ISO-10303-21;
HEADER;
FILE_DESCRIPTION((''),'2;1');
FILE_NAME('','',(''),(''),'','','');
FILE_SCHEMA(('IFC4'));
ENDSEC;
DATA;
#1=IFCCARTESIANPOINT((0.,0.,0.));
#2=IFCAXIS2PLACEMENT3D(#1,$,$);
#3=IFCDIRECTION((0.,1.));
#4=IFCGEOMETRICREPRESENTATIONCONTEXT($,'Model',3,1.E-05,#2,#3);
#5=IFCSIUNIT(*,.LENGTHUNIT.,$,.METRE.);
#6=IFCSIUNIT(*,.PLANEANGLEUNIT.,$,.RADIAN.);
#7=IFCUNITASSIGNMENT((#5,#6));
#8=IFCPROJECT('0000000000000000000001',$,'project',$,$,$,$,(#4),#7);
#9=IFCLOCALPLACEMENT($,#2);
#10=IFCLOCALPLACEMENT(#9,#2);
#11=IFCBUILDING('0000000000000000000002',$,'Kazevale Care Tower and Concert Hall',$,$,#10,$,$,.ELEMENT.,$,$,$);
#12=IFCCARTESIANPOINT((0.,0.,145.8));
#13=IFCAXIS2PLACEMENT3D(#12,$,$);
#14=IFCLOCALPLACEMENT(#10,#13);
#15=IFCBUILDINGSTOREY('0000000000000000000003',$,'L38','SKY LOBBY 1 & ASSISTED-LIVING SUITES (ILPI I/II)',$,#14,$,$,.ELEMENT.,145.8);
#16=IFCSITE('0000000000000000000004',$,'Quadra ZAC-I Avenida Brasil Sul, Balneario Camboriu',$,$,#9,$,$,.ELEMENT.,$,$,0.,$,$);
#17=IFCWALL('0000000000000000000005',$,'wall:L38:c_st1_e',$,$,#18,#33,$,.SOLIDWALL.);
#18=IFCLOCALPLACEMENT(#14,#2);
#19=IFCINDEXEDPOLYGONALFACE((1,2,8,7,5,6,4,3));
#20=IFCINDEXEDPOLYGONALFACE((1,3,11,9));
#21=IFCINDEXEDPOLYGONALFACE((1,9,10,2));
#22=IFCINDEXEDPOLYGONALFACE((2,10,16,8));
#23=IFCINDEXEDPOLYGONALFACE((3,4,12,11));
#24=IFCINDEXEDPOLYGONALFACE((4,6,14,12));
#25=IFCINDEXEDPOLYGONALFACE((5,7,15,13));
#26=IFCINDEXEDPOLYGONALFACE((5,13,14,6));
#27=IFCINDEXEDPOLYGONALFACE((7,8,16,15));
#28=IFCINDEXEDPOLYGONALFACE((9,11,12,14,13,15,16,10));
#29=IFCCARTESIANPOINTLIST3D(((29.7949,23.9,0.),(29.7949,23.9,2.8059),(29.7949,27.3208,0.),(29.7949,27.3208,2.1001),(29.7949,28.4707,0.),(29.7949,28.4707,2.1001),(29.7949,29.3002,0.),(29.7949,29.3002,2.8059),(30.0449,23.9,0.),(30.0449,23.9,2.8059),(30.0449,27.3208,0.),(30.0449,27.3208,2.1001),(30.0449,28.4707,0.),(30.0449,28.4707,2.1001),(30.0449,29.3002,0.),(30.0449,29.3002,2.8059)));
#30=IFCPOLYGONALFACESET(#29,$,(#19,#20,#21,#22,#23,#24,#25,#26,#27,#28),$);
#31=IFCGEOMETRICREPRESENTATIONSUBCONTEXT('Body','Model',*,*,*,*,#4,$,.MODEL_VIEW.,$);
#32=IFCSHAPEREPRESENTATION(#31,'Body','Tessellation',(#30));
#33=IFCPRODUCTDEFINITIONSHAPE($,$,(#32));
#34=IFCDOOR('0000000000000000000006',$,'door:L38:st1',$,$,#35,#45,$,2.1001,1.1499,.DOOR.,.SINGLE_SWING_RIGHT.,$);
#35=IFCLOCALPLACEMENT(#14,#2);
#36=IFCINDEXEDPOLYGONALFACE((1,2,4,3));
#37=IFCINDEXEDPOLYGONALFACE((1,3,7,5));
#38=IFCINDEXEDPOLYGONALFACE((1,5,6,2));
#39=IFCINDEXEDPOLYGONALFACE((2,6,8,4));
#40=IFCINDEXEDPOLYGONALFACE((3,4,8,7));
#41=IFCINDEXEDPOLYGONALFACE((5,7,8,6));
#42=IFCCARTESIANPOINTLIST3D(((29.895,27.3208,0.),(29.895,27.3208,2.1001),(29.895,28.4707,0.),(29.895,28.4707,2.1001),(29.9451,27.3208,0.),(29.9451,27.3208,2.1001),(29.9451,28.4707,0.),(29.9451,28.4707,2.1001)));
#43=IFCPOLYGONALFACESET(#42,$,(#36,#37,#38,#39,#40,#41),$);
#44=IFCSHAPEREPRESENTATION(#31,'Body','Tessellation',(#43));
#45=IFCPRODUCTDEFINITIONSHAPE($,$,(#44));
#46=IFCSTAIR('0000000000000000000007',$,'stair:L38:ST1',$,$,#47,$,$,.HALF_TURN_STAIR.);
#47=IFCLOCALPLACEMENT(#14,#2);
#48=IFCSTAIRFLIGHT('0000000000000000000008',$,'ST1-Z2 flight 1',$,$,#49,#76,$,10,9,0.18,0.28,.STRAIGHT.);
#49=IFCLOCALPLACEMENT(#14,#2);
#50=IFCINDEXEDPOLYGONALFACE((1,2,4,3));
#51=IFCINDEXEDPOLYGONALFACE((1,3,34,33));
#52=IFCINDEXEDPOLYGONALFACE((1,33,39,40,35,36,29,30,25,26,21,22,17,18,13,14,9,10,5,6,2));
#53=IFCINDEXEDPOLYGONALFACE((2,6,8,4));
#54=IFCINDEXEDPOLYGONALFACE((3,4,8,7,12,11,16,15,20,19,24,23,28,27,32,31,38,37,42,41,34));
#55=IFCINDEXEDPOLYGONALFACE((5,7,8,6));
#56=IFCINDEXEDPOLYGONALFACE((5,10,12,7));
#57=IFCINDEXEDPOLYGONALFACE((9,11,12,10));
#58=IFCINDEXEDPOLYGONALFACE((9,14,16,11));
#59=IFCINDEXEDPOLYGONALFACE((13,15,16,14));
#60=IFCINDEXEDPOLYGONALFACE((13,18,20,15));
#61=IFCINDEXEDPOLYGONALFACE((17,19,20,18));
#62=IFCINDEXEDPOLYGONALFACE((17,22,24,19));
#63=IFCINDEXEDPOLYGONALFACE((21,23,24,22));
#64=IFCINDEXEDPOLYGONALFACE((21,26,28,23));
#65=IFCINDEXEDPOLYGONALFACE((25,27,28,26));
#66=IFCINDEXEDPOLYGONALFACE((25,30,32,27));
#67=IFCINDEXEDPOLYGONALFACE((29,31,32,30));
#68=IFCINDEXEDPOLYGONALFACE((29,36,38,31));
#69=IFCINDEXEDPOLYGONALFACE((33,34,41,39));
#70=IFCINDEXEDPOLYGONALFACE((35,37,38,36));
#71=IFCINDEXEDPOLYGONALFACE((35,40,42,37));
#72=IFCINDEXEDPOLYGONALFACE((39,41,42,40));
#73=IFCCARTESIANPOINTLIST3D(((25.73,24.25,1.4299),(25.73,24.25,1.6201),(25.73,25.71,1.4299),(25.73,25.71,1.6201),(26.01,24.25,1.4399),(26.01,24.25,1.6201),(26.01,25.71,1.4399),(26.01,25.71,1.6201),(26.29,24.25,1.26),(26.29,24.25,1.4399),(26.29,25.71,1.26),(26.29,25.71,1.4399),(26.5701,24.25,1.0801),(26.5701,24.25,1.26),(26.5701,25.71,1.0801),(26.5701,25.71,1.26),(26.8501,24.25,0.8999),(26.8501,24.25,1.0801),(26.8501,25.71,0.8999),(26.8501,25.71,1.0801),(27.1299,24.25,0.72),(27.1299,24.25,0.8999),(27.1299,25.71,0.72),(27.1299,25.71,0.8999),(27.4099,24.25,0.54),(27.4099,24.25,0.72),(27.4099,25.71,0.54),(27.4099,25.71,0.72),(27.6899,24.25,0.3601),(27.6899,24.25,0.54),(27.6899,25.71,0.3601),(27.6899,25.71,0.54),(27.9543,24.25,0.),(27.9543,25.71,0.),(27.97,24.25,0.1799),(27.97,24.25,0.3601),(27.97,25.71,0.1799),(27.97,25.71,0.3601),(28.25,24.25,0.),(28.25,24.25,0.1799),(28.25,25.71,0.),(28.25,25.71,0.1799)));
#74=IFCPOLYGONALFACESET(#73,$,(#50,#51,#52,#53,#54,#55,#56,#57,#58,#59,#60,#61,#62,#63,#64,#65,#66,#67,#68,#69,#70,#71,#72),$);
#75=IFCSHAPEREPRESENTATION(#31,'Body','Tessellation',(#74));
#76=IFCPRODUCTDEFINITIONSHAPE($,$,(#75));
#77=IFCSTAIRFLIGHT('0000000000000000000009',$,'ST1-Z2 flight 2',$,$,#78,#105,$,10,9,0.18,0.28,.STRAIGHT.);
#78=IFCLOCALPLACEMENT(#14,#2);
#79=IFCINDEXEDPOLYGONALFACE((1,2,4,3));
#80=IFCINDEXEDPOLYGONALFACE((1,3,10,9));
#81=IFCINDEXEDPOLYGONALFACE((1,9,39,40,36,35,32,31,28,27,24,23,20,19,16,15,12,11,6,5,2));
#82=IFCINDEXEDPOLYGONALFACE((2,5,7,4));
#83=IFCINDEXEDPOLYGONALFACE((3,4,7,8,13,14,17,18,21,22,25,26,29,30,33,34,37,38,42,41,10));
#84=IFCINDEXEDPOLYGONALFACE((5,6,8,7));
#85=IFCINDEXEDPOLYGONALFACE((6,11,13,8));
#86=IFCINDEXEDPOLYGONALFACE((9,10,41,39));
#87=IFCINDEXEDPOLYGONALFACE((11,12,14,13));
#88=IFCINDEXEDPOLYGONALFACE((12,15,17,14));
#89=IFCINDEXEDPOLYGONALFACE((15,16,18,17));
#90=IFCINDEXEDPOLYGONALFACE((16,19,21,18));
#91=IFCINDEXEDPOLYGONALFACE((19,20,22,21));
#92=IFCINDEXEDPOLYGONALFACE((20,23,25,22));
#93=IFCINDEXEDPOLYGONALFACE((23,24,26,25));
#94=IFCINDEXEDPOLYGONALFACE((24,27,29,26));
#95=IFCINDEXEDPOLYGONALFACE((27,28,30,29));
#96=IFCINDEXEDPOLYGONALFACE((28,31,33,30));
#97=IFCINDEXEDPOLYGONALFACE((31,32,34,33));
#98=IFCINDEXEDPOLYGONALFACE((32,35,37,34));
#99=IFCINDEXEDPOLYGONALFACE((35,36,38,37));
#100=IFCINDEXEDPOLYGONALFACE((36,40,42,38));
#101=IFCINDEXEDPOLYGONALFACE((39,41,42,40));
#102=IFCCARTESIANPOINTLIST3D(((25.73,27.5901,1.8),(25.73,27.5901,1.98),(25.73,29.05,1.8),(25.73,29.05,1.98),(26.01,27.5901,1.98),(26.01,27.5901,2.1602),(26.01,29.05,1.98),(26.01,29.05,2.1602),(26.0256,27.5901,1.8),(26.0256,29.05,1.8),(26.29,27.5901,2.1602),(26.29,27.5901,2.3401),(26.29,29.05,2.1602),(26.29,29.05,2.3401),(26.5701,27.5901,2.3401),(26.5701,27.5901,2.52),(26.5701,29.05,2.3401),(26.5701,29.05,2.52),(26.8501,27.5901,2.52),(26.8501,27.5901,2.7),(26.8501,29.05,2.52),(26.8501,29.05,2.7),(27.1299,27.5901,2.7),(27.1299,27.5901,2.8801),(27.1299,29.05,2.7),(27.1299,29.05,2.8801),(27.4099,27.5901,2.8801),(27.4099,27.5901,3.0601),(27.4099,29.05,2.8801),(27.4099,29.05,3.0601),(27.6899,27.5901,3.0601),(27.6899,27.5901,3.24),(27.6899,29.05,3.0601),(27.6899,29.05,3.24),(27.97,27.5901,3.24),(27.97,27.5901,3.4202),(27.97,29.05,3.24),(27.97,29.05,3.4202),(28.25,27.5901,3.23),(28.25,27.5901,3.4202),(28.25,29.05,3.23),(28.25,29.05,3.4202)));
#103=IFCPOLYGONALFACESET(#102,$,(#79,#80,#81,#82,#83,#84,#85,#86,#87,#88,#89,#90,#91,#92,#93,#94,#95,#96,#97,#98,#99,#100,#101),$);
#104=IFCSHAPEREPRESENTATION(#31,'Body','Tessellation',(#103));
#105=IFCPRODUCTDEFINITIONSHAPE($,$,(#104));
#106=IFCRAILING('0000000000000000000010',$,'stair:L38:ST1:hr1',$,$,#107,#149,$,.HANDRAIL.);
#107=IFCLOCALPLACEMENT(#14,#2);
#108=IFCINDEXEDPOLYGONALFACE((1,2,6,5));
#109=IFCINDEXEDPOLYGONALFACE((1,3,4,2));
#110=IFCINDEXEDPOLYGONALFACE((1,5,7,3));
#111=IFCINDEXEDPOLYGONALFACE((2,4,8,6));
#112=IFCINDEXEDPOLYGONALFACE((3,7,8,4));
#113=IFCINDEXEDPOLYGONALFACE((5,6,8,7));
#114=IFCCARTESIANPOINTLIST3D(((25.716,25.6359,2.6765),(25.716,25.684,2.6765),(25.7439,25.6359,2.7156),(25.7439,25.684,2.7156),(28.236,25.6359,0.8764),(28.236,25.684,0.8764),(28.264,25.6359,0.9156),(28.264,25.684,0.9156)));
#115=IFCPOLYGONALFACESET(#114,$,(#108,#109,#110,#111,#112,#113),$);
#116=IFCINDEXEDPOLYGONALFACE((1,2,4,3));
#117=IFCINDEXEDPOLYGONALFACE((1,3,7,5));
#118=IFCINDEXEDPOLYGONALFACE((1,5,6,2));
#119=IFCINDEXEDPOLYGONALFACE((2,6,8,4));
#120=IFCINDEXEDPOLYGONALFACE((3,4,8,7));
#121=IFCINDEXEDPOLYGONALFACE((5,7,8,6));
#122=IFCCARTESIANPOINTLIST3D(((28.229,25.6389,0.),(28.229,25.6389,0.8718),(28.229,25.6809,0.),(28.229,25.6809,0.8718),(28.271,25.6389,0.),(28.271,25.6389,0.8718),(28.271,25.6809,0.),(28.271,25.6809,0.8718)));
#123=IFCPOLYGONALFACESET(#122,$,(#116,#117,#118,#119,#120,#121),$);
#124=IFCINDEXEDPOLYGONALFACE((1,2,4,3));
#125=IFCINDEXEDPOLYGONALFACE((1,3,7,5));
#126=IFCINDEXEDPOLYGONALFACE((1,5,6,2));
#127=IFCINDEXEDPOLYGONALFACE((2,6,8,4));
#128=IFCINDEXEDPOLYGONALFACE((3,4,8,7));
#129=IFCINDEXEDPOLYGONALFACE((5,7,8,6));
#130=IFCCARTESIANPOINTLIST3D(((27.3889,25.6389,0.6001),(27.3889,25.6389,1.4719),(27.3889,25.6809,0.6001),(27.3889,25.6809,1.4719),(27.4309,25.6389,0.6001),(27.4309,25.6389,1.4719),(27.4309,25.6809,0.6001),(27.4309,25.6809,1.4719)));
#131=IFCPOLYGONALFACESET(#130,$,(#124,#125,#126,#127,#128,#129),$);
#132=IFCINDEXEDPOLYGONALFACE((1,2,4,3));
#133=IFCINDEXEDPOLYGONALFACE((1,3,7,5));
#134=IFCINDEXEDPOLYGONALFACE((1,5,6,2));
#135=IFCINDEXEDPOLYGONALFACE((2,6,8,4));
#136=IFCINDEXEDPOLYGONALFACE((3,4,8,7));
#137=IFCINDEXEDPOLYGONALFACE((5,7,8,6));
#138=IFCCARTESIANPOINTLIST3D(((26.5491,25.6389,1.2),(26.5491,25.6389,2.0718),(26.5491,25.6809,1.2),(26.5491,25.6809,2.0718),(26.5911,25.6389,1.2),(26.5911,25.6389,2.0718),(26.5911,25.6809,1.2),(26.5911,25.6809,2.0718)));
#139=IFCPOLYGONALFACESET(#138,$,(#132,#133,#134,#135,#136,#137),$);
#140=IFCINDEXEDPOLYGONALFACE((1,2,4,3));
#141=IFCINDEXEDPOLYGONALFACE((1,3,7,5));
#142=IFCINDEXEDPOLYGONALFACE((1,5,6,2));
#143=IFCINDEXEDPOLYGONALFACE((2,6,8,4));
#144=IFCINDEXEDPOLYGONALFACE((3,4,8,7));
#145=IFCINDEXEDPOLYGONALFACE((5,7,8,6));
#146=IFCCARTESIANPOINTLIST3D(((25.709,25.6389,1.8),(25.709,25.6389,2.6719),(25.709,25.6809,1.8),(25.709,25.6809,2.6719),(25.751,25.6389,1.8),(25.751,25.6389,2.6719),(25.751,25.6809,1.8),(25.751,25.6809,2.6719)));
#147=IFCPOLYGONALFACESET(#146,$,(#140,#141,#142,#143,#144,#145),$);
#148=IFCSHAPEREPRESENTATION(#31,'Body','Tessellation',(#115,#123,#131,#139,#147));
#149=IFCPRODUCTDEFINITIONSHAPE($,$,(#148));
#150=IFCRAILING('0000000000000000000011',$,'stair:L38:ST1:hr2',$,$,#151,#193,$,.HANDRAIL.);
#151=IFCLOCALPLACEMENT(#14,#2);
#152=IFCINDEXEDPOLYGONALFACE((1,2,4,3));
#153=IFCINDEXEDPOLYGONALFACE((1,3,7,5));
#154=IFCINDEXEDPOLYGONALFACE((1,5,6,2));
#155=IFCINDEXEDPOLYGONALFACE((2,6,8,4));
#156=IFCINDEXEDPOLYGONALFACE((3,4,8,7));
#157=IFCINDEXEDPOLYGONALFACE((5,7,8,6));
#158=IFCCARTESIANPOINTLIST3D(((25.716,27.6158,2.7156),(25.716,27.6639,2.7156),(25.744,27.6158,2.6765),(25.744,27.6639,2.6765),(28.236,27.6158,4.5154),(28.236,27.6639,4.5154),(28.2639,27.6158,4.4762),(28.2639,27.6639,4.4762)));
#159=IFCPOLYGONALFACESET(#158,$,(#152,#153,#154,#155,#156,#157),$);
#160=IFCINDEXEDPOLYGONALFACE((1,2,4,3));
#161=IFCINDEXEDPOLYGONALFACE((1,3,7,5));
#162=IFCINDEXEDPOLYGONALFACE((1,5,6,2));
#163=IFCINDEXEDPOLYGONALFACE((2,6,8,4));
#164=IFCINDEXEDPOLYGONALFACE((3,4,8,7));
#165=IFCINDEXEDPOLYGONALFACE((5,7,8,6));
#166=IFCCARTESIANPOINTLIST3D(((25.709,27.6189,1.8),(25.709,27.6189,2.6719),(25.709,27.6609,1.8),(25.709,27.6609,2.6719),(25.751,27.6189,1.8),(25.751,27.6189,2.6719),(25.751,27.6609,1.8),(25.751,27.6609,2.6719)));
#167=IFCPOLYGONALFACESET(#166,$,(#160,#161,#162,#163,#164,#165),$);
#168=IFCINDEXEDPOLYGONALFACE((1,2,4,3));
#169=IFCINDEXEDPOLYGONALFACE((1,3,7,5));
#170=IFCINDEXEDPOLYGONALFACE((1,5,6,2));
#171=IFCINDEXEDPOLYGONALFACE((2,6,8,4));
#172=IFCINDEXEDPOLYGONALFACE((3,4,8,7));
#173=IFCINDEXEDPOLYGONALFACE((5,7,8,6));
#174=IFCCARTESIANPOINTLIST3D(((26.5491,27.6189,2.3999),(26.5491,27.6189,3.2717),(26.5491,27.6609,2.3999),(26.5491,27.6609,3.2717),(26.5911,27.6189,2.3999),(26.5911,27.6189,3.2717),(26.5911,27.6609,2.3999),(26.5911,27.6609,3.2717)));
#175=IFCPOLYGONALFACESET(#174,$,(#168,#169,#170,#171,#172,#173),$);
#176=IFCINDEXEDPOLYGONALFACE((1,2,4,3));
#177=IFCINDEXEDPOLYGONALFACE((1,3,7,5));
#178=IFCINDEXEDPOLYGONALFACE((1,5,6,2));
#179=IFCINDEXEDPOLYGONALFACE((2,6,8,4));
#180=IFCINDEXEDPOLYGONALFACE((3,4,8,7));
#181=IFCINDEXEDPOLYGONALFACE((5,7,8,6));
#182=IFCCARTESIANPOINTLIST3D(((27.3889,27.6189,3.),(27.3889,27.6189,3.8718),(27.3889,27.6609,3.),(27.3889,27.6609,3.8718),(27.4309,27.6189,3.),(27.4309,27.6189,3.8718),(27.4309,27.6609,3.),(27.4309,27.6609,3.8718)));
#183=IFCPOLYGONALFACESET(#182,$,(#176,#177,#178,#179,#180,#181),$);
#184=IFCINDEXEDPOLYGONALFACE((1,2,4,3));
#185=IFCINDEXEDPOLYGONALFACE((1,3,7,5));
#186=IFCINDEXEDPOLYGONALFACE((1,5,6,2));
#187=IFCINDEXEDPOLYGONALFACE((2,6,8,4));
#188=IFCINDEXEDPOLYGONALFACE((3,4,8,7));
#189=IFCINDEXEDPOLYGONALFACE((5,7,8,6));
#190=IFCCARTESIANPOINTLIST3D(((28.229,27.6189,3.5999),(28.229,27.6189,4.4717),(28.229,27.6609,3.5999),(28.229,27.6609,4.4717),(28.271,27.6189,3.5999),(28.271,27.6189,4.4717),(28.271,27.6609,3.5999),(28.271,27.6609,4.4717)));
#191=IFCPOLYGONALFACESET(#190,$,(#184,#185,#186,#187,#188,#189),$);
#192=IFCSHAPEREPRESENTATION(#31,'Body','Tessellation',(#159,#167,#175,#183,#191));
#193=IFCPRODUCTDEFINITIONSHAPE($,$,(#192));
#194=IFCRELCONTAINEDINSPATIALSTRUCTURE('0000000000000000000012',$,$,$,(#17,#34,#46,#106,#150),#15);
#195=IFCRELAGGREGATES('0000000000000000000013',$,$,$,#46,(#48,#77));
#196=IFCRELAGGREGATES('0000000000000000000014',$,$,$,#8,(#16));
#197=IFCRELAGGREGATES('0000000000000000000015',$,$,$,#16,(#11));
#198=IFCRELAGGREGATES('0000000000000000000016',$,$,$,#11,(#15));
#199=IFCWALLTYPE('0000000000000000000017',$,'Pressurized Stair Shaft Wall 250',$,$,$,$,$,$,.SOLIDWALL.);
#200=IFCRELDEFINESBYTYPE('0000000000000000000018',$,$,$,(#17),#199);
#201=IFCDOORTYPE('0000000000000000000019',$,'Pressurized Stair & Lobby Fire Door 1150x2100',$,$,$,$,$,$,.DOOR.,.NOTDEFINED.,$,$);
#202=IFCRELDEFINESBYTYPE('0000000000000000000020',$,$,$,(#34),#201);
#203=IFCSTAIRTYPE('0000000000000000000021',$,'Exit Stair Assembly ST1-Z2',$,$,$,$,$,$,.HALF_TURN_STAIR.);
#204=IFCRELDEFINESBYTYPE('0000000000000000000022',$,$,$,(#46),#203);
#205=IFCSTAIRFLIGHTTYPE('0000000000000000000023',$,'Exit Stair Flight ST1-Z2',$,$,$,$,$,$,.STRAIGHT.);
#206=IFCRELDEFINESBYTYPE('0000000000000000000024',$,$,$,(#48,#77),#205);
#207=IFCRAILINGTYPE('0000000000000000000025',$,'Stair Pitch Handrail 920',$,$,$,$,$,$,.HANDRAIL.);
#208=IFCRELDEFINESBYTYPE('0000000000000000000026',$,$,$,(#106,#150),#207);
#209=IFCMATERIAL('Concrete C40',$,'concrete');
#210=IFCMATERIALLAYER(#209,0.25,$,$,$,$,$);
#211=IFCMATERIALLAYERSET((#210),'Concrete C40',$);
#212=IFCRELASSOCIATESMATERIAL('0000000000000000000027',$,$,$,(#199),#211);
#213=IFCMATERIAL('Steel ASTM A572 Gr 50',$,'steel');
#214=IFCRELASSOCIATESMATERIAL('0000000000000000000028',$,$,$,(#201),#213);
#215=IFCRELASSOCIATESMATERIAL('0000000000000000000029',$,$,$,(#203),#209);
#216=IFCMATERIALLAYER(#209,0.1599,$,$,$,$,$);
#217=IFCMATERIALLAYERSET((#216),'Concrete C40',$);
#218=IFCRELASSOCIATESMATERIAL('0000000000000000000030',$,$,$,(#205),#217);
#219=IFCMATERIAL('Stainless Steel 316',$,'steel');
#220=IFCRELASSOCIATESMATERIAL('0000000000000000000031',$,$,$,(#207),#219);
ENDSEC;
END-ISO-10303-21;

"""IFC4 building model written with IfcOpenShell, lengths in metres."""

from ifc_helpers import new_model, si_unit, direction, frame, frame_2d, origin, origin_2d, place, context, subcontext, project, spatial, polyline, rectangle, outline, extrude, material, layer, layer_set, type_object, element, fill, aggregate, save


model = new_model("IFC4")

# Units and contexts
model_context = context("Model", 3, precision=1e-05, world=origin(), true_north=direction((0.0, 1.0)))
body_context = subcontext(model_context, "Body", "Model", "MODEL_VIEW")
ifc_project = project(units=[si_unit("LENGTHUNIT", "METRE"), si_unit("PLANEANGLEUNIT", "RADIAN")], contexts=[model_context])

# Site, building, storey
site_placement = place(None, origin())
site = spatial("IfcSite", under=ifc_project, at=site_placement, Name="Quadra ZAC-I Avenida Brasil Sul, Balneario Camboriu", CompositionType="ELEMENT", RefElevation=0.0)
building_placement = place(site_placement, origin())
building = spatial("IfcBuilding", under=site, at=building_placement, Name="Kazevale Care Tower and Concert Hall", CompositionType="ELEMENT")
storey_placement = place(building_placement, frame((0.0, 0.0, 145.8)))
storey = spatial("IfcBuildingStorey", under=building, at=storey_placement, Name="L38", Description="SKY LOBBY 1 & ASSISTED-LIVING SUITES (ILPI I/II)", CompositionType="ELEMENT", Elevation=145.8)

# Shared definitions
ifc_material_1 = material(Name="Steel ASTM A572 Gr 50", Category="steel")

# Shared definitions
ifc_material_2 = material(Name="Concrete C40", Category="concrete")
ifc_material_3 = material(Name="Stainless Steel 316", Category="steel")

# Wall, opening, door
ifc_layer_1 = layer(ifc_material_2, 0.25)
ifc_layer_set_1 = layer_set([ifc_layer_1], Name="Concrete C40")
wall_type_1 = type_object("IfcWallType", Name="Pressurized Stair Shaft Wall 250", PredefinedType="SOLIDWALL", material=ifc_layer_set_1)
wall_1_placement = place(storey_placement, frame((29.9199, 23.8999, 0.0), z_axis=(0.0, 0.0, 1.0), x_axis=(0.0, 1.0, 0.0)))
wall_1 = element("IfcWall", 1, at=wall_1_placement, inside=storey, type_object=wall_type_1, Name="wall:L38:c_st1_e", PredefinedType="SOLIDWALL", context=body_context, shape_type="SweptSolid", body=[
    extrude(rectangle(XDim=5.4001, YDim=0.25, at=frame_2d((2.7002, 0.0))), origin(), (0.0, 0.0, 1.0), 2.8059),
])
opening_1_placement = place(wall_1_placement, frame((3.4209, 0.0, 0.0)))
opening_1 = element("IfcOpeningElement", 2, at=opening_1_placement, cuts=wall_1, PredefinedType="OPENING", context=body_context, shape_type="SweptSolid", body=[
    extrude(rectangle(XDim=1.1499, YDim=2.1001, at=frame_2d((0.575, 1.05))), frame((0.0, 0.135, 0.0), z_axis=(0.0, -1.0, 0.0), x_axis=(1.0, 0.0, 0.0)), (0.0, 0.0, 1.0), 0.27),
])
door_type_1 = type_object("IfcDoorType", Name="Pressurized Stair & Lobby Fire Door 1150x2100", OperationType="NOTDEFINED", PredefinedType="DOOR", material=ifc_material_1)
door_1_placement = place(opening_1_placement, origin())
door_1 = element("IfcDoor", 3, at=door_1_placement, inside=storey, type_object=door_type_1, Name="door:L38:st1", OperationType="SINGLE_SWING_RIGHT", OverallHeight=2.1001, OverallWidth=1.1499, PredefinedType="DOOR", context=body_context, shape_type="SweptSolid", body=[
    extrude(rectangle(XDim=1.1499, YDim=2.1001, at=frame_2d((0.575, 1.05))), frame((0.0, 0.0249, 0.0), z_axis=(0.0, -1.0, 0.0), x_axis=(1.0, 0.0, 0.0)), (0.0, 0.0, 1.0), 0.05),
])
fill(opening_1, door_1)

# Stair, stair flights
stair_type = type_object("IfcStairType", Name="Exit Stair Assembly ST1-Z2", PredefinedType="HALF_TURN_STAIR", material=ifc_material_2)
stair_placement = place(storey_placement, origin())
stair = element("IfcStair", 4, at=stair_placement, inside=storey, type_object=stair_type, Name="stair:L38:ST1", PredefinedType="HALF_TURN_STAIR")
ifc_layer_2 = layer(ifc_material_2, 0.1599)
ifc_layer_set_2 = layer_set([ifc_layer_2], Name="Concrete C40")
stair_flight_type = type_object("IfcStairFlightType", Name="Exit Stair Flight ST1-Z2", PredefinedType="STRAIGHT", material=ifc_layer_set_2)
stair_flight_1_placement = place(storey_placement, frame((28.25, 24.98, 0.0), z_axis=(0.0, 0.0, 1.0), x_axis=(-1.0, 0.0, 0.0)))
stair_flight_1 = element("IfcStairFlight", 5, at=stair_flight_1_placement, type_object=stair_flight_type, Name="ST1-Z2 flight 1", NumberOfRisers=10, NumberOfTreads=9, PredefinedType="STRAIGHT", RiserHeight=0.18, TreadLength=0.28, context=body_context, shape_type="SweptSolid", body=[
    extrude(outline(polyline([(0.0, 0.0), (0.0, 0.1799), (0.28, 0.1799), (0.28, 0.3601), (0.5601, 0.3601), (0.5601, 0.54), (0.8401, 0.54), (0.8401, 0.72), (1.1201, 0.72), (1.1201, 0.8999), (1.3999, 0.8999), (1.3999, 1.0801), (1.6799, 1.0801), (1.6799, 1.26), (1.96, 1.26), (1.96, 1.4399), (2.24, 1.4399), (2.24, 1.6201), (2.52, 1.6201), (2.52, 1.8), (2.52, 1.4299), (0.2957, 0.0), (0.0, 0.0)])), frame((0.0, 0.73, 0.0), z_axis=(0.0, -1.0, 0.0), x_axis=(1.0, 0.0, 0.0)), (0.0, 0.0, 1.0), 1.46),
])
stair_flight_2_placement = place(storey_placement, frame((25.73, 28.3201, 1.8), z_axis=(0.0, 0.0, 1.0), x_axis=(1.0, 0.0, 0.0)))
stair_flight_2 = element("IfcStairFlight", 6, at=stair_flight_2_placement, type_object=stair_flight_type, Name="ST1-Z2 flight 2", NumberOfRisers=10, NumberOfTreads=9, PredefinedType="STRAIGHT", RiserHeight=0.18, TreadLength=0.28, context=body_context, shape_type="SweptSolid", body=[
    extrude(outline(polyline([(0.0, 0.0), (0.0, 0.1799), (0.28, 0.1799), (0.28, 0.3601), (0.5601, 0.3601), (0.5601, 0.54), (0.8401, 0.54), (0.8401, 0.72), (1.1201, 0.72), (1.1201, 0.8999), (1.3999, 0.8999), (1.3999, 1.0801), (1.6799, 1.0801), (1.6799, 1.26), (1.96, 1.26), (1.96, 1.4399), (2.24, 1.4399), (2.24, 1.6201), (2.52, 1.6201), (2.52, 1.8), (2.52, 1.4299), (0.2957, 0.0), (0.0, 0.0)])), frame((0.0, 0.73, 0.0), z_axis=(0.0, -1.0, 0.0), x_axis=(1.0, 0.0, 0.0)), (0.0, 0.0, 1.0), 1.46),
])
aggregate(stair, [stair_flight_1, stair_flight_2])

# Railings
railing_type_1 = type_object("IfcRailingType", Name="Stair Pitch Handrail 920", PredefinedType="HANDRAIL", material=ifc_material_3)
railing_1_placement = place(storey_placement, frame((28.25, 25.6599, 0.0)))
element("IfcRailing", 7, at=railing_1_placement, inside=storey, type_object=railing_type_1, Name="stair:L38:ST1:hr1", PredefinedType="HANDRAIL", context=body_context, shape_type="SweptSolid", body=[
    extrude(rectangle(XDim=0.0481, YDim=0.0481, at=origin_2d()), frame((0.0, 0.0, 0.896), z_axis=(-0.813728, 0.0, 0.581246), x_axis=(0.0, -1.0, 0.0)), (0.0, 0.0, 1.0), 3.0969),
    extrude(rectangle(XDim=0.042, YDim=0.042, at=origin_2d()), origin(), (0.0, 0.0, 1.0), 0.8718),
    extrude(rectangle(XDim=0.042, YDim=0.042, at=origin_2d()), frame((-0.8401, 0.0, 0.6001)), (0.0, 0.0, 1.0), 0.8718),
    extrude(rectangle(XDim=0.042, YDim=0.042, at=origin_2d()), frame((-1.6799, 0.0, 1.2)), (0.0, 0.0, 1.0), 0.8718),
    extrude(rectangle(XDim=0.042, YDim=0.042, at=origin_2d()), frame((-2.52, 0.0, 1.8)), (0.0, 0.0, 1.0), 0.8718),
])
railing_2_placement = place(storey_placement, frame((25.73, 27.6399, 1.8)))
element("IfcRailing", 8, at=railing_2_placement, inside=storey, type_object=railing_type_1, Name="stair:L38:ST1:hr2", PredefinedType="HANDRAIL", context=body_context, shape_type="SweptSolid", body=[
    extrude(rectangle(XDim=0.0481, YDim=0.0481, at=origin_2d()), frame((0.0, 0.0, 0.896), z_axis=(0.813765, 0.0, 0.581193), x_axis=(0.0, 1.0, 0.0)), (0.0, 0.0, 1.0), 3.0967),
    extrude(rectangle(XDim=0.042, YDim=0.042, at=origin_2d()), origin(), (0.0, 0.0, 1.0), 0.8718),
    extrude(rectangle(XDim=0.042, YDim=0.042, at=origin_2d()), frame((0.8401, 0.0, 0.5999)), (0.0, 0.0, 1.0), 0.8718),
    extrude(rectangle(XDim=0.042, YDim=0.042, at=origin_2d()), frame((1.6799, 0.0, 1.2)), (0.0, 0.0, 1.0), 0.8718),
    extrude(rectangle(XDim=0.042, YDim=0.042, at=origin_2d()), frame((2.52, 0.0, 1.7998)), (0.0, 0.0, 1.0), 0.8718),
])

save(model, "model.ifc")
